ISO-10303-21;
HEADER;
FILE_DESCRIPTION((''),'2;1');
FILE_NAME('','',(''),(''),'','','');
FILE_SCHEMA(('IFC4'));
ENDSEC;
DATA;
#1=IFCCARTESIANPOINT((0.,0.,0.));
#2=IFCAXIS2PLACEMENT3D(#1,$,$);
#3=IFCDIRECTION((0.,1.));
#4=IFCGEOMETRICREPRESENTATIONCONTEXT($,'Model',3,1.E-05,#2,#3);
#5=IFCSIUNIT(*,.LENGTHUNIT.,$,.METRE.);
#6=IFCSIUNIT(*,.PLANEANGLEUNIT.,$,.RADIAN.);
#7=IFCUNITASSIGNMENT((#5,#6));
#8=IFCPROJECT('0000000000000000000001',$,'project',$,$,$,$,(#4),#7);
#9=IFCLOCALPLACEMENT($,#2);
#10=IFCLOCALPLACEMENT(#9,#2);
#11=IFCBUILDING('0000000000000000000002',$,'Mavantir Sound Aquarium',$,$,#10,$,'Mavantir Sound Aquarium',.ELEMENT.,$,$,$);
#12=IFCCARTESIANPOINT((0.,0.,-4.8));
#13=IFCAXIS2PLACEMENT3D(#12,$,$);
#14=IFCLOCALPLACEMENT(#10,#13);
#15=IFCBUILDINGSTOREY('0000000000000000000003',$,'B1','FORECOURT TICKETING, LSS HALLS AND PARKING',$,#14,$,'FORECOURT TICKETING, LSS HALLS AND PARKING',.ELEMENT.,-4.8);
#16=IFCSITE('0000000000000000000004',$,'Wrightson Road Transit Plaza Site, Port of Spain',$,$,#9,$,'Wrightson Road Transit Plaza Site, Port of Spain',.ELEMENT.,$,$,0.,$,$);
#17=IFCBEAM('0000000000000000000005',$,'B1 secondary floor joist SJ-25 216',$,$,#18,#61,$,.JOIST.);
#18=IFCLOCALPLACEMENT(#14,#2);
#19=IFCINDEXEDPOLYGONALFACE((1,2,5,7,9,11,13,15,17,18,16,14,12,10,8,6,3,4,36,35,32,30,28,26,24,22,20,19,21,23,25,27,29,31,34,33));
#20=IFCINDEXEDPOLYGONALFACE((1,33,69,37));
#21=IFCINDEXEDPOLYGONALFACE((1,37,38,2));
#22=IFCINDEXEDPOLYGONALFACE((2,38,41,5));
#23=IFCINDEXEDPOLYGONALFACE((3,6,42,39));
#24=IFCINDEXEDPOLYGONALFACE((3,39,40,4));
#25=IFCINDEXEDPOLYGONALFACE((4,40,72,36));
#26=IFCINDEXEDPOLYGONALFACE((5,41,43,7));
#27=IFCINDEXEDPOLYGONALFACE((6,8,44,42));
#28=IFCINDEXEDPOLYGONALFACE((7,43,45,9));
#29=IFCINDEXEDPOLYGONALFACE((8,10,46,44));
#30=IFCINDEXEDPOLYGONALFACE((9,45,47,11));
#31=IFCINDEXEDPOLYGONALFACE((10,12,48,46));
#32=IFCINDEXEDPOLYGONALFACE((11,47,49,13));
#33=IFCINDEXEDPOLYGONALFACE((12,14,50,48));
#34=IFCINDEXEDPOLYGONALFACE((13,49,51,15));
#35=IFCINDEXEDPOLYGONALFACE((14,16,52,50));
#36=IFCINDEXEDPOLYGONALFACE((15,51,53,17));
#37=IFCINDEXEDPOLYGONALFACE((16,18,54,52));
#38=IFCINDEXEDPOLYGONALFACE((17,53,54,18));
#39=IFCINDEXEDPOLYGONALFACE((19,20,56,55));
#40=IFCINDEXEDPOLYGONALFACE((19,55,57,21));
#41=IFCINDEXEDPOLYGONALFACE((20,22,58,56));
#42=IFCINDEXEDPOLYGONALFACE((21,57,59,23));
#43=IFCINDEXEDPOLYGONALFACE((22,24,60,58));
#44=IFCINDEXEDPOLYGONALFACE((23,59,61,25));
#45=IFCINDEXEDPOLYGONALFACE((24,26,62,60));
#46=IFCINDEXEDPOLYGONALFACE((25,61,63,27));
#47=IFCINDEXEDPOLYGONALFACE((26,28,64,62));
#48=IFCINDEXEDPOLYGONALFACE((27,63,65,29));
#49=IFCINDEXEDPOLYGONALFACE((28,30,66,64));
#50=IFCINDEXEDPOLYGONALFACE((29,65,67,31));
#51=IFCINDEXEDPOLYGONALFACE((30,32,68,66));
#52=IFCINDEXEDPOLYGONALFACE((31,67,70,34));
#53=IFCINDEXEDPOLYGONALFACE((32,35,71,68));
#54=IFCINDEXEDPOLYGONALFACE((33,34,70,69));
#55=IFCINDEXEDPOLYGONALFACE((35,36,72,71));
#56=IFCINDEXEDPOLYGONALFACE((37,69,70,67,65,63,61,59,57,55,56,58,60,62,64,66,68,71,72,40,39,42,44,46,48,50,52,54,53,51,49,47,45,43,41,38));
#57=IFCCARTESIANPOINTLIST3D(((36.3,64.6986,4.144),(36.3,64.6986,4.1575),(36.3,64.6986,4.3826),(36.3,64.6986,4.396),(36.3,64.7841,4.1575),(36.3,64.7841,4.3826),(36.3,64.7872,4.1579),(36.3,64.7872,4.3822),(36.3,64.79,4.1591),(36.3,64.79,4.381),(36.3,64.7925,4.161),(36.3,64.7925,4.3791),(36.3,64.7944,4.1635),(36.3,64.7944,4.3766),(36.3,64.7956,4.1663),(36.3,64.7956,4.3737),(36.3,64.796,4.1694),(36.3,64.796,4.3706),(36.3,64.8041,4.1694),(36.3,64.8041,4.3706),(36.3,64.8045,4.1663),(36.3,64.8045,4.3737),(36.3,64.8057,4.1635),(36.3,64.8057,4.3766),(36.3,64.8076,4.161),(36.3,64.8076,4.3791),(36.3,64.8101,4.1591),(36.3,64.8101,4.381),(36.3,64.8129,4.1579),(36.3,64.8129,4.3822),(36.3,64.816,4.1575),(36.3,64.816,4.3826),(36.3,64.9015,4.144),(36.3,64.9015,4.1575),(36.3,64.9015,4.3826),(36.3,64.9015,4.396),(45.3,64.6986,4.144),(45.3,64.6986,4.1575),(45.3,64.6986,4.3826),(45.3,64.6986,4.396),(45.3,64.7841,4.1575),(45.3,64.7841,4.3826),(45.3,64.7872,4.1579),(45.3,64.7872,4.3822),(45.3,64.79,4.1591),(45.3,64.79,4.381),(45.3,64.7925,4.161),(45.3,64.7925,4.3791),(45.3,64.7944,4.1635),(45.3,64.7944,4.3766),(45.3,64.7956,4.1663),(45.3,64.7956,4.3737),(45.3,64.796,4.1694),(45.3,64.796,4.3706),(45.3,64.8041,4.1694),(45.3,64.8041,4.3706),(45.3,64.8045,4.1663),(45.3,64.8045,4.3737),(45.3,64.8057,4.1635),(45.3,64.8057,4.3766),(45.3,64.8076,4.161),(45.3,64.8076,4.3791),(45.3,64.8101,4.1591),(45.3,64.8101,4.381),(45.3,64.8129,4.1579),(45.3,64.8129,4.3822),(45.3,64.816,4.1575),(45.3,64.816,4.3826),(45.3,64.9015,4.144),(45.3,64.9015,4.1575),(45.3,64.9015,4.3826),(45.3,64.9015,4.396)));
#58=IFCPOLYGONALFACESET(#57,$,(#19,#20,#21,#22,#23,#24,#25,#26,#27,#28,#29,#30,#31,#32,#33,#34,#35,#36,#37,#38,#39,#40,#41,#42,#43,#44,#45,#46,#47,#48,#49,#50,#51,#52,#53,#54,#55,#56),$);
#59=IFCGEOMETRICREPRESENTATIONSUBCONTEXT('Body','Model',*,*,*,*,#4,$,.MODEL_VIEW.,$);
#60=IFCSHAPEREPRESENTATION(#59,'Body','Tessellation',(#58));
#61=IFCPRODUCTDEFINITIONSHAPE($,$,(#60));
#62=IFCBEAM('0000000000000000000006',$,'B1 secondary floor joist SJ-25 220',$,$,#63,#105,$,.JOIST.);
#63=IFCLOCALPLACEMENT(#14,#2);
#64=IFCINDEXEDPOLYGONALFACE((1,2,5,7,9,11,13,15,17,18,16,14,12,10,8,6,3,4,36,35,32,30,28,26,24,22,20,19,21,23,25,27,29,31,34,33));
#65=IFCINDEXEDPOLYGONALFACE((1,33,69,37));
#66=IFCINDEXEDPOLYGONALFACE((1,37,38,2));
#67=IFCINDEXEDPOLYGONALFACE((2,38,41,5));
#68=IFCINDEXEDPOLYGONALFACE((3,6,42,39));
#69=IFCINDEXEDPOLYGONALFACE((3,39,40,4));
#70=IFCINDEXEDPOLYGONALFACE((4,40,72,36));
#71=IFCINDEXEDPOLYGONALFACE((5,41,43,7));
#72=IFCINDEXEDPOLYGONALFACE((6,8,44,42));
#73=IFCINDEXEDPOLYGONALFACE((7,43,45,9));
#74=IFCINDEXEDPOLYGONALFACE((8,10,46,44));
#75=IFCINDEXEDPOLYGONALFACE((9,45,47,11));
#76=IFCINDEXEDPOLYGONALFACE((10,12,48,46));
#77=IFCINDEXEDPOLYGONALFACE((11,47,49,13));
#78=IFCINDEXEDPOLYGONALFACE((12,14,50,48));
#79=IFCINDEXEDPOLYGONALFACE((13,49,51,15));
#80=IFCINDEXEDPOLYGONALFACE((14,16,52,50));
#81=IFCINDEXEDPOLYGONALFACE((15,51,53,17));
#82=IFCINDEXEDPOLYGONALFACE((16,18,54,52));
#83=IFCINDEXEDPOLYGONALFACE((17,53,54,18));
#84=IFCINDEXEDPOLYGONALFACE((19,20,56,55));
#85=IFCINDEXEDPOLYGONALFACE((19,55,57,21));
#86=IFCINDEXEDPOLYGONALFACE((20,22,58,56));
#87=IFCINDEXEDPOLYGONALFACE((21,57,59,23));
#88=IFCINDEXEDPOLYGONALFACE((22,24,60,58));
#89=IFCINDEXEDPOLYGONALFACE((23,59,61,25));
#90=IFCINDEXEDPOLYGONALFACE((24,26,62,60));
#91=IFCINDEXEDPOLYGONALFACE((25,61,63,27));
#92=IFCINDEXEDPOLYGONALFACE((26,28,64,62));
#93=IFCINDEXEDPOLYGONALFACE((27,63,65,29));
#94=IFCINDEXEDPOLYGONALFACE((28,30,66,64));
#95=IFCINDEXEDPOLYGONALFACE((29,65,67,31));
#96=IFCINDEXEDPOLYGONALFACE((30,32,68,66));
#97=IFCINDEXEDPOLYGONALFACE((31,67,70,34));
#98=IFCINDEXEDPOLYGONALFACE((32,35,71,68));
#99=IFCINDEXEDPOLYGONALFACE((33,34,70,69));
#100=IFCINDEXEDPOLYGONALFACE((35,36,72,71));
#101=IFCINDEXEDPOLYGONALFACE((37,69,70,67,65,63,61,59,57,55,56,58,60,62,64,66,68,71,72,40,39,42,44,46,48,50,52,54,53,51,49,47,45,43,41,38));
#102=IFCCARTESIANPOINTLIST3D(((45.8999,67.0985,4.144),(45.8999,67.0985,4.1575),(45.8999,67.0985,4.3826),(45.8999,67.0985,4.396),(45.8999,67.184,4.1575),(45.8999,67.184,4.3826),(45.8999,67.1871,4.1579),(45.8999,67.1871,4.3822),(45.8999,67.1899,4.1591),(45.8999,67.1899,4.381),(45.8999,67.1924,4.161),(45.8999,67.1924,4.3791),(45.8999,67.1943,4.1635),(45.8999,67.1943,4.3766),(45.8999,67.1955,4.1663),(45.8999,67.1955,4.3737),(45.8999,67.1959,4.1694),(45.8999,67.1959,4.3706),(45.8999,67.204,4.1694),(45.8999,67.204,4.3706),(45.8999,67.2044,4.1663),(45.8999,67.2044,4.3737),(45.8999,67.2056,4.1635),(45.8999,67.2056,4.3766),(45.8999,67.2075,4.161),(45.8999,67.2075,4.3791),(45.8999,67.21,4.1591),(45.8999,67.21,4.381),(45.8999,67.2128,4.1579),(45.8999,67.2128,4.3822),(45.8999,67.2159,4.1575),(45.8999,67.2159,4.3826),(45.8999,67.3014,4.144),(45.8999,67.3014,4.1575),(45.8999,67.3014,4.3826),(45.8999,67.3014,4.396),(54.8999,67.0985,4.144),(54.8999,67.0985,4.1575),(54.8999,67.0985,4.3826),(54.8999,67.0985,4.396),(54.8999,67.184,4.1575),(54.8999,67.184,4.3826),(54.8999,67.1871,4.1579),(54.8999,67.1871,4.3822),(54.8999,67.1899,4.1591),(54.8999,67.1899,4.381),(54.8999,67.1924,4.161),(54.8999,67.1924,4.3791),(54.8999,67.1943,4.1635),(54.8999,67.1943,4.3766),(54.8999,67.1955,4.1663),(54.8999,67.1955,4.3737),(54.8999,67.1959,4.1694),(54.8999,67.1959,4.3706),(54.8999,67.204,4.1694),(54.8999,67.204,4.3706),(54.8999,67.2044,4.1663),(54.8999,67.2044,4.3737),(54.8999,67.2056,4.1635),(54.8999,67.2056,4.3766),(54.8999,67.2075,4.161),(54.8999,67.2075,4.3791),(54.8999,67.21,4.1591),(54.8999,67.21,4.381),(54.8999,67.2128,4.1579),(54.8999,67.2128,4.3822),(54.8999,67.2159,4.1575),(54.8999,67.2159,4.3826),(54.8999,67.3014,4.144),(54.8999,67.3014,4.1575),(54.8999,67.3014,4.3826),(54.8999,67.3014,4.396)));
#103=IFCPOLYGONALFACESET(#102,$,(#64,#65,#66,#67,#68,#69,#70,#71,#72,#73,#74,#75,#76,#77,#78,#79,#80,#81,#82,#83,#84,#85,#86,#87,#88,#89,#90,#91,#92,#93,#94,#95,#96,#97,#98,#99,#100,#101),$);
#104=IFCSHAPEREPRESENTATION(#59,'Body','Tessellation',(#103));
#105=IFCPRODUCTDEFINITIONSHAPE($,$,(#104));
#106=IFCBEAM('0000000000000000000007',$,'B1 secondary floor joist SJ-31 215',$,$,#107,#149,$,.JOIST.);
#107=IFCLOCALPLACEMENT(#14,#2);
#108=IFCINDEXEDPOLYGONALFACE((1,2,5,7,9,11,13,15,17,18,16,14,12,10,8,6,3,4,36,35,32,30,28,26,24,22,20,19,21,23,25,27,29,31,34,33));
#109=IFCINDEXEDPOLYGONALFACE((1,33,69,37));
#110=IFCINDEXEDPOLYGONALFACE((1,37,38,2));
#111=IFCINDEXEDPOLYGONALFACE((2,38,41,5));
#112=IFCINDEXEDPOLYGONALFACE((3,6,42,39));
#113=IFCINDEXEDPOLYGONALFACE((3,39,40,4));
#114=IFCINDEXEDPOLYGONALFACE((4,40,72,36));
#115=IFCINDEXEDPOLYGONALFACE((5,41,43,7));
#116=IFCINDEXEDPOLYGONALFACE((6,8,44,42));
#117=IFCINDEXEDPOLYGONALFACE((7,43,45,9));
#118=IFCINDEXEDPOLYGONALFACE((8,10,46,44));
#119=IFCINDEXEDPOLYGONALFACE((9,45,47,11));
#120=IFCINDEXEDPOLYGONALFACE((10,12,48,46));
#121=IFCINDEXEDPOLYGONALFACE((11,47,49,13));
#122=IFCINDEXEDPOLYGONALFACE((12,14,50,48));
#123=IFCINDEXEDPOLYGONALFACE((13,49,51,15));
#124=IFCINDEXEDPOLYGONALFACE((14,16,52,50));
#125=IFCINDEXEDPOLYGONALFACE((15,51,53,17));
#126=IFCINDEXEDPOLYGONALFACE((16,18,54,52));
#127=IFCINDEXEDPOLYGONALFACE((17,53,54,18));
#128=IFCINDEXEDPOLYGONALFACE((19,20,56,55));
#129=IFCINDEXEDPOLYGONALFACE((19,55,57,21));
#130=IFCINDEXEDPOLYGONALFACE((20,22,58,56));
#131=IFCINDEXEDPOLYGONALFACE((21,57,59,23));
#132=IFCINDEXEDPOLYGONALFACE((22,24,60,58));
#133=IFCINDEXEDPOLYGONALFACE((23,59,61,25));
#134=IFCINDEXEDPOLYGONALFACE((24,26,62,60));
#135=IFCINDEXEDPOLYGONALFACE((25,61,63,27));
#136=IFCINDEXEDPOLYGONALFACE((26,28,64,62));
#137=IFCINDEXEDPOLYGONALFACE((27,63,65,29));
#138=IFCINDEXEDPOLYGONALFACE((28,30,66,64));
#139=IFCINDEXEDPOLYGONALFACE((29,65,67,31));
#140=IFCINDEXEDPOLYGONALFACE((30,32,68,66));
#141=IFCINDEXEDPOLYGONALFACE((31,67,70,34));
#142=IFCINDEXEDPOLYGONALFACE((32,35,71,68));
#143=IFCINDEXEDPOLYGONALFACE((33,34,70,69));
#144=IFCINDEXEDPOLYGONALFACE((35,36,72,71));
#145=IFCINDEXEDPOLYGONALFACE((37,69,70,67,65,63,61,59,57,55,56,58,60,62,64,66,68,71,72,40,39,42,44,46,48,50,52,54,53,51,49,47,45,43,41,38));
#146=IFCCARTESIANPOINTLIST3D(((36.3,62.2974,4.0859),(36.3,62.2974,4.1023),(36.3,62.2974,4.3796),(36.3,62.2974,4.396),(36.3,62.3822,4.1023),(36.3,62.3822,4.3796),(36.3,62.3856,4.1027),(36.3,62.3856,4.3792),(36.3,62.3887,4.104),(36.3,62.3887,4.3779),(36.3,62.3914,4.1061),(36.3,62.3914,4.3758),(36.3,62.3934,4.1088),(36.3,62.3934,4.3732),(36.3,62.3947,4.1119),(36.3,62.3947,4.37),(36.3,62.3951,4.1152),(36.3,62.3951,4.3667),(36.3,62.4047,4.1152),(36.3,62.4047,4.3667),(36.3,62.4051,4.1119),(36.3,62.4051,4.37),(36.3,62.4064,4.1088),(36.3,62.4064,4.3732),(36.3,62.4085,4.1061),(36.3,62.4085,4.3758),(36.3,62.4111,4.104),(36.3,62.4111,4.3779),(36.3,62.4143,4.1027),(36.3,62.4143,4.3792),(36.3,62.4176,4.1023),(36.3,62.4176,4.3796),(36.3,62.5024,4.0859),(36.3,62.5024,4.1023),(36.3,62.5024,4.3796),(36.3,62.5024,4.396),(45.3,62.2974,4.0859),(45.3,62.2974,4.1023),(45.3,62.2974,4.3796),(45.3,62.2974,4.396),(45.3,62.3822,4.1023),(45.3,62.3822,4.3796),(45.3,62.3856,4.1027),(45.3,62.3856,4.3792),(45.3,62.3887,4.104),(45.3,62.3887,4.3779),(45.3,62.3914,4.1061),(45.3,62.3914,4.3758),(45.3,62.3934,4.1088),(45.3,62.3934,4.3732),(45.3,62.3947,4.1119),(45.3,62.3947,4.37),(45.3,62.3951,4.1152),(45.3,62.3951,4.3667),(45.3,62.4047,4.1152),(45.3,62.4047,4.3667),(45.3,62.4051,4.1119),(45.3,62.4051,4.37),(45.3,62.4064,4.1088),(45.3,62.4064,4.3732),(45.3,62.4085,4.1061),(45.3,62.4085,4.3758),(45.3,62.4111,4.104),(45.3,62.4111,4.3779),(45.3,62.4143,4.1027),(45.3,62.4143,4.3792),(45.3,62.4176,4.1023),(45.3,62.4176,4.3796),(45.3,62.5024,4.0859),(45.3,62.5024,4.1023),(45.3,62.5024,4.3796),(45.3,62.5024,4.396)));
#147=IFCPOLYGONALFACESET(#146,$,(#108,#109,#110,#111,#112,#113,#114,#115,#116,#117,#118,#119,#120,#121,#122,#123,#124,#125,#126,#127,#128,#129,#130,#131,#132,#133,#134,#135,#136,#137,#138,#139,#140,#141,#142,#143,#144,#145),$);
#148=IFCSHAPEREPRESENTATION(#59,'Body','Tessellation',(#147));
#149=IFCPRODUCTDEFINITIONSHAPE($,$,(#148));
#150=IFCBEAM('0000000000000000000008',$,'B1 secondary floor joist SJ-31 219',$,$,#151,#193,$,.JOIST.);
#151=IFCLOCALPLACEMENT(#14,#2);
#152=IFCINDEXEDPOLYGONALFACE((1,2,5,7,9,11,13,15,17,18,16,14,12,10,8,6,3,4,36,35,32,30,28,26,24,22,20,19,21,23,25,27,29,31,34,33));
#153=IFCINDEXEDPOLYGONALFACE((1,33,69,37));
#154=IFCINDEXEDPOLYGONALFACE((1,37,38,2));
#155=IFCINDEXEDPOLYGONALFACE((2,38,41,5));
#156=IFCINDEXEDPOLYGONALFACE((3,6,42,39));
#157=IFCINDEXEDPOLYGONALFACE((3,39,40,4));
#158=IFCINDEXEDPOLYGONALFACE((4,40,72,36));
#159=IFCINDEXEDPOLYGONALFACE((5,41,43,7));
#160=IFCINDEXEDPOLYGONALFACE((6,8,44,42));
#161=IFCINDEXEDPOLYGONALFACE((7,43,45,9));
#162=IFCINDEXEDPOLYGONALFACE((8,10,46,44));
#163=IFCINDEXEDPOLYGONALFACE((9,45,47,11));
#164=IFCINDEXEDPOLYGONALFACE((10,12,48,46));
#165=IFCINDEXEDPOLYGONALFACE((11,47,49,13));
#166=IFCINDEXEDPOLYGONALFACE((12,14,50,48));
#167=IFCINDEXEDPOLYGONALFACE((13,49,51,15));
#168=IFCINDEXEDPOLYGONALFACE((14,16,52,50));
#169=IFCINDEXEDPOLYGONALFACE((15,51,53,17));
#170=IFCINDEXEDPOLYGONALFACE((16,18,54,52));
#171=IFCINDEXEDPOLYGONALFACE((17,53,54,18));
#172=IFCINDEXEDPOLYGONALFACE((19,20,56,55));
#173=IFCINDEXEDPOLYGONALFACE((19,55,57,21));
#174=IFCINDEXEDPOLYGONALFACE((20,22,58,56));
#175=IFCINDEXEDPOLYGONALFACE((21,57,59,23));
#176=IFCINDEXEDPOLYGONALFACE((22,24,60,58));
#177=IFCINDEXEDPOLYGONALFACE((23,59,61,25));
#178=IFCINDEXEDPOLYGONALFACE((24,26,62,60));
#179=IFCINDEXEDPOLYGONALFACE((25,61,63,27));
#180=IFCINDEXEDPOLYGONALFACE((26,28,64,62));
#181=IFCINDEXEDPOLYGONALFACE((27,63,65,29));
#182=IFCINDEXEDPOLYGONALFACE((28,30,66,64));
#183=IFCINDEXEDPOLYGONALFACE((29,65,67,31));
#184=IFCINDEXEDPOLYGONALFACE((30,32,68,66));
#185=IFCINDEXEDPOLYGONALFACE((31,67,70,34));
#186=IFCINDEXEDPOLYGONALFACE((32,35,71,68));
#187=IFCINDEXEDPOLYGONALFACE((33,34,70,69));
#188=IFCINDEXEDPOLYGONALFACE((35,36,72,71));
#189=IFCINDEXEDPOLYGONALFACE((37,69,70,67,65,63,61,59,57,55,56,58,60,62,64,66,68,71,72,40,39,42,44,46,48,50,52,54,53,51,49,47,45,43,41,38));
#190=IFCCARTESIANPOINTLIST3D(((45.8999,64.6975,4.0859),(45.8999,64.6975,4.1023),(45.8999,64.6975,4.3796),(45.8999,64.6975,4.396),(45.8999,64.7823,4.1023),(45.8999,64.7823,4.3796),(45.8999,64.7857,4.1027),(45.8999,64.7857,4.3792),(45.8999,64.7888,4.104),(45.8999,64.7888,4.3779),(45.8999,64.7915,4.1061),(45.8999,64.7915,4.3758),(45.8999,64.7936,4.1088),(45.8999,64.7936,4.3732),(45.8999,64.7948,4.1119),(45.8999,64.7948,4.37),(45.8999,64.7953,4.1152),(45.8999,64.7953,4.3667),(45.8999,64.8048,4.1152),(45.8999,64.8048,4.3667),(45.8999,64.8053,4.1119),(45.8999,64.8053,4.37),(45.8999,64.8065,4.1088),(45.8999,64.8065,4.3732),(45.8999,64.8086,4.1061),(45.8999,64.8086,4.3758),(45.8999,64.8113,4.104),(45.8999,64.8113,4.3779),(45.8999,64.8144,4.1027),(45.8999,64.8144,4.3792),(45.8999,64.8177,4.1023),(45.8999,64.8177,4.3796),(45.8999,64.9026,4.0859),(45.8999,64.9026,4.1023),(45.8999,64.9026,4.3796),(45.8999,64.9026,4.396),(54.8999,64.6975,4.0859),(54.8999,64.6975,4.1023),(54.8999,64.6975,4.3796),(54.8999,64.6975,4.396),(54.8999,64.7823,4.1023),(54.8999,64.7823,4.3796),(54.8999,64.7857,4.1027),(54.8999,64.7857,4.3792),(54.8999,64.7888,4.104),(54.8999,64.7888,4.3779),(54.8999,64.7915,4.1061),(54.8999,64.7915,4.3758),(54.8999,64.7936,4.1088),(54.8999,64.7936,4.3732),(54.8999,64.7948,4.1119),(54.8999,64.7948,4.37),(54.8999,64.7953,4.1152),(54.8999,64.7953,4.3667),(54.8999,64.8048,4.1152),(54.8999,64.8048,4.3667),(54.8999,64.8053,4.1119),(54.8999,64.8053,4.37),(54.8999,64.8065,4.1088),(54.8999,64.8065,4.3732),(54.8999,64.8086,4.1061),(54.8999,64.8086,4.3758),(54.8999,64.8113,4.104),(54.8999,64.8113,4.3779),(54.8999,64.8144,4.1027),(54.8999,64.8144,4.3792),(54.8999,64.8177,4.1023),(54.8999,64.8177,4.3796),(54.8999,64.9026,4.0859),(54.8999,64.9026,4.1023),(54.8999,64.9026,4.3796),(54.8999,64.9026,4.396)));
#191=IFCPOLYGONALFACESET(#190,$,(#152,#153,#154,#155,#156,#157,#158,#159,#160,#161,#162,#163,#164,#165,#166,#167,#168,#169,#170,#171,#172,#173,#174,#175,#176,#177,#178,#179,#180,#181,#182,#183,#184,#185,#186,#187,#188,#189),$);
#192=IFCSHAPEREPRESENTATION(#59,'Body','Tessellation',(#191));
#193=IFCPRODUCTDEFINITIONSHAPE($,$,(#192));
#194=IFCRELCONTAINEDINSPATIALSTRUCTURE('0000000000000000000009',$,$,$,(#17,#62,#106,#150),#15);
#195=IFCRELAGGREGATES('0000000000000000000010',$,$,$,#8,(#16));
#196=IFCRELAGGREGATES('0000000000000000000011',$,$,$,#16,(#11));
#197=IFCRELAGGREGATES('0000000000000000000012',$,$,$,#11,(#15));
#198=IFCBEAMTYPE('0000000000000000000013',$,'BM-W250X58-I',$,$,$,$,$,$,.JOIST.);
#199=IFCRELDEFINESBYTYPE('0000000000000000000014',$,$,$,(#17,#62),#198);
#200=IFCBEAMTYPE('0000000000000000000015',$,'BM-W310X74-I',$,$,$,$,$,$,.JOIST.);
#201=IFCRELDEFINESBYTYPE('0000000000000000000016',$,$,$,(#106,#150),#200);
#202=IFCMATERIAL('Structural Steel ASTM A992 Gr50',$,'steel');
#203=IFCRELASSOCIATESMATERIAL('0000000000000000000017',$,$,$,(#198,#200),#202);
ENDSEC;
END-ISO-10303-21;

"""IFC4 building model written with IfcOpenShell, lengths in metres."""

from ifc_helpers import new_model, si_unit, direction, frame, origin, origin_2d, place, context, subcontext, project, spatial, i_section, extrude, material, material_profile, profile_set, type_object, element, save


model = new_model("IFC4")

# Units and contexts
model_context = context("Model", 3, precision=1e-05, world=origin(), true_north=direction((0.0, 1.0)))
body_context = subcontext(model_context, "Body", "Model", "MODEL_VIEW")
ifc_project = project(units=[si_unit("LENGTHUNIT", "METRE"), si_unit("PLANEANGLEUNIT", "RADIAN")], contexts=[model_context])

# Site, building, storey
site_placement = place(None, origin())
site = spatial("IfcSite", under=ifc_project, at=site_placement, Name="Wrightson Road Transit Plaza Site, Port of Spain", LongName="Wrightson Road Transit Plaza Site, Port of Spain", CompositionType="ELEMENT", RefElevation=0.0)
building_placement = place(site_placement, origin())
building = spatial("IfcBuilding", under=site, at=building_placement, Name="Mavantir Sound Aquarium", LongName="Mavantir Sound Aquarium", CompositionType="ELEMENT")
storey_placement = place(building_placement, frame((0.0, 0.0, -4.8)))
storey = spatial("IfcBuildingStorey", under=building, at=storey_placement, Name="B1", Description="FORECOURT TICKETING, LSS HALLS AND PARKING", LongName="FORECOURT TICKETING, LSS HALLS AND PARKING", CompositionType="ELEMENT", Elevation=-4.8)

# Beams
ifc_material_1 = material(Name="Structural Steel ASTM A992 Gr50", Category="steel")
ifc_material_profile_1 = material_profile(ifc_material_1, i_section(OverallWidth=0.2029, OverallDepth=0.252, WebThickness=0.0081, FlangeThickness=0.0134, FilletRadius=0.012, at=origin_2d()), Name="W250X58")
ifc_profile_set_1 = profile_set([ifc_material_profile_1], Name="Structural Steel ASTM A992 Gr50")
beam_type_1 = type_object("IfcBeamType", Name="BM-W250X58-I", PredefinedType="JOIST", material=ifc_profile_set_1)
for number, where, z_axis, x_axis, name in (
    (1, (36.3, 64.8, 4.27), (1.0, 0.0, 0.0), (0.0, 1.0, 0.0), "B1 secondary floor joist SJ-25 216"),
    (2, (45.8999, 67.2, 4.27), (1.0, 0.0, 0.0), (0.0, 1.0, 0.0), "B1 secondary floor joist SJ-25 220"),
):
    element("IfcBeam", number, at=place(storey_placement, frame(where, z_axis=z_axis, x_axis=x_axis)), inside=storey, type_object=beam_type_1, Name=name, PredefinedType="JOIST", context=body_context, shape_type="SweptSolid", body=[
        extrude(i_section(OverallWidth=0.2029, OverallDepth=0.252, WebThickness=0.0081, FlangeThickness=0.0134, FilletRadius=0.012, at=origin_2d()), origin(), (0.0, 0.0, 1.0), 9.0),
    ])
ifc_material_profile_2 = material_profile(ifc_material_1, i_section(OverallWidth=0.2051, OverallDepth=0.3101, WebThickness=0.0095, FlangeThickness=0.0164, FilletRadius=0.0129, at=origin_2d()), Name="W310X74")
ifc_profile_set_2 = profile_set([ifc_material_profile_2], Name="Structural Steel ASTM A992 Gr50")
beam_type_2 = type_object("IfcBeamType", Name="BM-W310X74-I", PredefinedType="JOIST", material=ifc_profile_set_2)
for number, where, z_axis, x_axis, name in (
    (3, (36.3, 62.3999, 4.241), (1.0, 0.0, 0.0), (0.0, 1.0, 0.0), "B1 secondary floor joist SJ-31 215"),
    (4, (45.8999, 64.8, 4.241), (1.0, 0.0, 0.0), (0.0, 1.0, 0.0), "B1 secondary floor joist SJ-31 219"),
):
    element("IfcBeam", number, at=place(storey_placement, frame(where, z_axis=z_axis, x_axis=x_axis)), inside=storey, type_object=beam_type_2, Name=name, PredefinedType="JOIST", context=body_context, shape_type="SweptSolid", body=[
        extrude(i_section(OverallWidth=0.2051, OverallDepth=0.3101, WebThickness=0.0095, FlangeThickness=0.0164, FilletRadius=0.0129, at=origin_2d()), origin(), (0.0, 0.0, 1.0), 9.0),
    ])

save(model, "model.ifc")
